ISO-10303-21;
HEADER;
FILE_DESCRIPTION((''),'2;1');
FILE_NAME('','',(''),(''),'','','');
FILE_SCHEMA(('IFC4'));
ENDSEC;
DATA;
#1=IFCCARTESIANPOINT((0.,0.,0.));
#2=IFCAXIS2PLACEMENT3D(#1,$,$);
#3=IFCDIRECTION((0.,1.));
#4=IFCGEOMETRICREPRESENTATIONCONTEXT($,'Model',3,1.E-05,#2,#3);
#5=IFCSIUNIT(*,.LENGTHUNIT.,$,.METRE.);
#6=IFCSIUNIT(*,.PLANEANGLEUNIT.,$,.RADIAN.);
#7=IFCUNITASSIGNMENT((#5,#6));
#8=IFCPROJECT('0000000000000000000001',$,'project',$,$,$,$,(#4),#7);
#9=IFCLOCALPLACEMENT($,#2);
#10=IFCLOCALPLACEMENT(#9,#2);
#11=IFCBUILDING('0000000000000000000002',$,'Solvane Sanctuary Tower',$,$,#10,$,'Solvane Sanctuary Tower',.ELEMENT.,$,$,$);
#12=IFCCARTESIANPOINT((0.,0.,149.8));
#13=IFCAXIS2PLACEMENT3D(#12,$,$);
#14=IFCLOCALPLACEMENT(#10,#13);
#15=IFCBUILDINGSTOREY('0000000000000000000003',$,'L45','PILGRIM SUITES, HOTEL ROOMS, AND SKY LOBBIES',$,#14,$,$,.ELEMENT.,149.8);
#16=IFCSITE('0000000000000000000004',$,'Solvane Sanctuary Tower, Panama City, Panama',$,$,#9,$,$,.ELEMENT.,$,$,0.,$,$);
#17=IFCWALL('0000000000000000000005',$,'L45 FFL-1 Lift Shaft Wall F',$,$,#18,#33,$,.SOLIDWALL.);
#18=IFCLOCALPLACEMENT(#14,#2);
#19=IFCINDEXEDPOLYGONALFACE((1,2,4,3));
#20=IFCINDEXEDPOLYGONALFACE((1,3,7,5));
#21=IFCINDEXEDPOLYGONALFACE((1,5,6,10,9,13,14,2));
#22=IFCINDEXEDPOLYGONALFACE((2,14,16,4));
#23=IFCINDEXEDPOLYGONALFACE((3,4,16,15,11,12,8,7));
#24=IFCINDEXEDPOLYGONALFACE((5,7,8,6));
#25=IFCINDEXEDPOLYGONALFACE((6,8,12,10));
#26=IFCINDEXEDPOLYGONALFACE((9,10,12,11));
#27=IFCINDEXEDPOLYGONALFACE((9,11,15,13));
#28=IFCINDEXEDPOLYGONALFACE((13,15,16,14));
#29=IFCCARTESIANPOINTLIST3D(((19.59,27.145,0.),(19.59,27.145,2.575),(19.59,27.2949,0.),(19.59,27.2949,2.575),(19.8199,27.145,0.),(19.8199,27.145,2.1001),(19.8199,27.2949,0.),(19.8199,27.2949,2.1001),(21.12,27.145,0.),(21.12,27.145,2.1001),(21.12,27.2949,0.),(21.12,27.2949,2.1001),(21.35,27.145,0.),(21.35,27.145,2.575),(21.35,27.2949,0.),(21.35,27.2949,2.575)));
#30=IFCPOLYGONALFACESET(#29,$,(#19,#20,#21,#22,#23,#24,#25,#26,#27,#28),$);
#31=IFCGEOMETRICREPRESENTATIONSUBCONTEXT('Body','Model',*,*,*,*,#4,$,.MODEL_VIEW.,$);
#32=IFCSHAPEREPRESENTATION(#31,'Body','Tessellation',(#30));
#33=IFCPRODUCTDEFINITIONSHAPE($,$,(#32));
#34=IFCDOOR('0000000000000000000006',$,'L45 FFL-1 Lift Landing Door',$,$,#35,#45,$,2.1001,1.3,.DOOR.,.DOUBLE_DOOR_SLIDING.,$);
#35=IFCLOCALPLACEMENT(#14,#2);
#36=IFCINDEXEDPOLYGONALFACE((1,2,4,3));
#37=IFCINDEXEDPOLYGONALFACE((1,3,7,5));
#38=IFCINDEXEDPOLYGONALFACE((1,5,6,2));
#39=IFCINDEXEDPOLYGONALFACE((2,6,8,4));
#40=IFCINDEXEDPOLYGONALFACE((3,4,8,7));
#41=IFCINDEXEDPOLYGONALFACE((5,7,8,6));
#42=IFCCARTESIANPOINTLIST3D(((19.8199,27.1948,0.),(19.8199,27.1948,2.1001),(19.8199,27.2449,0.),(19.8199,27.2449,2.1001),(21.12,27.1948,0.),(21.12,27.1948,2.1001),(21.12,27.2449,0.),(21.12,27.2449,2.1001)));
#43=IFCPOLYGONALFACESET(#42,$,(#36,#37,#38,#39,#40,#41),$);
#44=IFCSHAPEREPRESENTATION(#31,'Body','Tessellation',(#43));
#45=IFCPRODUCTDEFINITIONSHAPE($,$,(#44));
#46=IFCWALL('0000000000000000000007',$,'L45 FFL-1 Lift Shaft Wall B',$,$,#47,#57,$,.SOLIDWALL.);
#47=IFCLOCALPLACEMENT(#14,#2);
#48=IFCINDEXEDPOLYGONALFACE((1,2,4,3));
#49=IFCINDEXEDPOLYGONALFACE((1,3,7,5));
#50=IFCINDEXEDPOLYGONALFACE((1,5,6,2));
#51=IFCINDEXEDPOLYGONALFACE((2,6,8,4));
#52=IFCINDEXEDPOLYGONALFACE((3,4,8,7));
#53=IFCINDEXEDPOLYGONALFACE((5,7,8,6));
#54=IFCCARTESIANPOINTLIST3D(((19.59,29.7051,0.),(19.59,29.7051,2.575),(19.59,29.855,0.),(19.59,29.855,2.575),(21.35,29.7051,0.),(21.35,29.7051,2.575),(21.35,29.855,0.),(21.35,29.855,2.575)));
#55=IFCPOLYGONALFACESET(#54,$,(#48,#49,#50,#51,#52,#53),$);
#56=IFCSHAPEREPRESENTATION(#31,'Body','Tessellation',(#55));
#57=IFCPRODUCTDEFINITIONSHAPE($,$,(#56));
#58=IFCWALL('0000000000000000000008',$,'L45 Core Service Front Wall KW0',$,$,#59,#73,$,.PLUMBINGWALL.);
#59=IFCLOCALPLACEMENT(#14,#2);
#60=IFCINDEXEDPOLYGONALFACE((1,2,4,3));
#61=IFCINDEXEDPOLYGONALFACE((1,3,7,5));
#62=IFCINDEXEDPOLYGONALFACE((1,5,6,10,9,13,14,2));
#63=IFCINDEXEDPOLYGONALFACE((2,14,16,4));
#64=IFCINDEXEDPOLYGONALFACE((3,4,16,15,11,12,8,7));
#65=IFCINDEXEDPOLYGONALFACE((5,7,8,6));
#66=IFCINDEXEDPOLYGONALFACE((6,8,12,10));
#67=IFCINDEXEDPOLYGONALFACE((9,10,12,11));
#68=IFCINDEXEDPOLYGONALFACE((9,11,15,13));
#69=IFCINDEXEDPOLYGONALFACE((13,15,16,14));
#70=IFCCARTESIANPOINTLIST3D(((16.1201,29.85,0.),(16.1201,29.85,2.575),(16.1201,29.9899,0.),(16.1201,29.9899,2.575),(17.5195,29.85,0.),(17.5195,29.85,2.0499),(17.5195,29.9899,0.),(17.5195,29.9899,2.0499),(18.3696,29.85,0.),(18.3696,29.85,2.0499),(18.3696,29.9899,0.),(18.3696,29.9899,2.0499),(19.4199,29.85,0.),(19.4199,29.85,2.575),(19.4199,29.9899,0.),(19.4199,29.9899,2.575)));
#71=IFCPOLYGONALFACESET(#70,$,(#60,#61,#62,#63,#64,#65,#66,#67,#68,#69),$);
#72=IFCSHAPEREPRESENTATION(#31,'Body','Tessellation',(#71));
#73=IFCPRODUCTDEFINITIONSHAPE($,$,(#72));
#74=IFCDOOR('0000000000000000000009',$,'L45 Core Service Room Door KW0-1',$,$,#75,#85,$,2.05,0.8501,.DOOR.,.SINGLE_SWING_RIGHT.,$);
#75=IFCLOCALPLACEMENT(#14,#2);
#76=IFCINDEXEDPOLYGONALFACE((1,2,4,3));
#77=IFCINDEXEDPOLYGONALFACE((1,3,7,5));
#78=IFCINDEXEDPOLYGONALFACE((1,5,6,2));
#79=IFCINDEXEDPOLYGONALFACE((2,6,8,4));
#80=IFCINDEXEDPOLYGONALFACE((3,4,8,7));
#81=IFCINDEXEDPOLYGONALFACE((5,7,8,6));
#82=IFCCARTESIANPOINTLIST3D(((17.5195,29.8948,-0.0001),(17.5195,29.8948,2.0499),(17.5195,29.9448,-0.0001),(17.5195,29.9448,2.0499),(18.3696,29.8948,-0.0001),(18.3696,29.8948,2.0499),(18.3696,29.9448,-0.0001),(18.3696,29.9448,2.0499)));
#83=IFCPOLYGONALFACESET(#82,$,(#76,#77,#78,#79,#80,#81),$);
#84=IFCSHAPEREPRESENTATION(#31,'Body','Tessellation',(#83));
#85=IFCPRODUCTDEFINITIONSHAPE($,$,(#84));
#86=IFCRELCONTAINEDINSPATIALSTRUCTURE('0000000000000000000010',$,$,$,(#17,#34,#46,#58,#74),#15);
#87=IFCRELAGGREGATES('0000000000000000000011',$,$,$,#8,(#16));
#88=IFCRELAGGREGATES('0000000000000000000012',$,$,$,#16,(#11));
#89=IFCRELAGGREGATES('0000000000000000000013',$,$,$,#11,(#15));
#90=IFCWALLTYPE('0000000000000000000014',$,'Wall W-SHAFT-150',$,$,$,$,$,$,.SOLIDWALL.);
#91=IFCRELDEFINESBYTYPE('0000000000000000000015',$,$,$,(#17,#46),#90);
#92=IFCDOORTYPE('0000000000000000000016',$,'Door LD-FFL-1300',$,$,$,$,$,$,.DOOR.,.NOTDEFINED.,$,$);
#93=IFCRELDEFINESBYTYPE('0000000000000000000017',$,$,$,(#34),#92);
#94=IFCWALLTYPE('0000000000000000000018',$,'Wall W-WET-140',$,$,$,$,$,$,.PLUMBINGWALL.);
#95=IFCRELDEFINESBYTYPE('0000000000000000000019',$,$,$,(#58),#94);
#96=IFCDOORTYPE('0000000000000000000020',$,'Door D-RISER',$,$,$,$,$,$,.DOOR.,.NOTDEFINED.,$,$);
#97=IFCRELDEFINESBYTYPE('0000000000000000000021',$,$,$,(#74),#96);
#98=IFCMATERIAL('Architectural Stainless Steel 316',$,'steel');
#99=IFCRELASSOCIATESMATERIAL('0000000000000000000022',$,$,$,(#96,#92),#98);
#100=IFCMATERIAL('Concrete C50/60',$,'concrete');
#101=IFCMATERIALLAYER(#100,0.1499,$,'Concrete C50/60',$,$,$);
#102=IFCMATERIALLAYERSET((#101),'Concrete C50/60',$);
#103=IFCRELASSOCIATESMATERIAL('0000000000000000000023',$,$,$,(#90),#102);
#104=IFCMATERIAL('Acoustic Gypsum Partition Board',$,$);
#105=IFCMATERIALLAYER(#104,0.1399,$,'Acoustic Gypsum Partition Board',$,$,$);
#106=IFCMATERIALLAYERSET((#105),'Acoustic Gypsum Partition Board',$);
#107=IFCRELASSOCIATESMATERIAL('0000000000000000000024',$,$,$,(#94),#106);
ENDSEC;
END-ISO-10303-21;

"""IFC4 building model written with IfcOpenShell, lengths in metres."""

from ifc_helpers import new_model, si_unit, direction, frame, frame_2d, origin, place, context, subcontext, project, spatial, rectangle, extrude, material, layer, layer_set, type_object, element, fill, save


model = new_model("IFC4")

# Units and contexts
model_context = context("Model", 3, precision=1e-05, world=origin(), true_north=direction((0.0, 1.0)))
body_context = subcontext(model_context, "Body", "Model", "MODEL_VIEW")
ifc_project = project(units=[si_unit("LENGTHUNIT", "METRE"), si_unit("PLANEANGLEUNIT", "RADIAN")], contexts=[model_context])

# Site, building, storey
site_placement = place(None, origin())
site = spatial("IfcSite", under=ifc_project, at=site_placement, Name="Solvane Sanctuary Tower, Panama City, Panama", CompositionType="ELEMENT", RefElevation=0.0)
building_placement = place(site_placement, origin())
building = spatial("IfcBuilding", under=site, at=building_placement, Name="Solvane Sanctuary Tower", LongName="Solvane Sanctuary Tower", CompositionType="ELEMENT")
storey_placement = place(building_placement, frame((0.0, 0.0, 149.8)))
storey = spatial("IfcBuildingStorey", under=building, at=storey_placement, Name="L45", Description="PILGRIM SUITES, HOTEL ROOMS, AND SKY LOBBIES", CompositionType="ELEMENT", Elevation=149.8)

# Shared definitions
ifc_material_1 = material(Name="Acoustic Gypsum Partition Board")

# Shared definitions
ifc_material_2 = material(Name="Architectural Stainless Steel 316", Category="steel")
door_type_1 = type_object("IfcDoorType", Name="Door D-RISER", OperationType="NOTDEFINED", PredefinedType="DOOR", material=ifc_material_2)

# Wall, opening, door
ifc_material_3 = material(Name="Concrete C50/60", Category="concrete")
ifc_layer_1 = layer(ifc_material_3, 0.1499, Name="Concrete C50/60")
ifc_layer_set_1 = layer_set([ifc_layer_1], Name="Concrete C50/60")
wall_type_1 = type_object("IfcWallType", Name="Wall W-SHAFT-150", PredefinedType="SOLIDWALL", material=ifc_layer_set_1)
wall_1_placement = place(storey_placement, frame((19.5901, 27.22, 0.0), z_axis=(0.0, 0.0, 1.0), x_axis=(1.0, 0.0, 0.0)))
wall_1 = element("IfcWall", 1, at=wall_1_placement, inside=storey, type_object=wall_type_1, Name="L45 FFL-1 Lift Shaft Wall F", PredefinedType="SOLIDWALL", context=body_context, shape_type="SweptSolid", body=[
    extrude(rectangle(XDim=1.76, YDim=0.1499, at=frame_2d((0.8799, 0.0))), origin(), (0.0, 0.0, 1.0), 2.575),
])
opening_1_placement = place(wall_1_placement, frame((0.23, 0.0, 0.0)))
opening_1 = element("IfcOpeningElement", 2, at=opening_1_placement, cuts=wall_1, PredefinedType="OPENING", context=body_context, shape_type="SweptSolid", body=[
    extrude(rectangle(XDim=1.3, YDim=2.1001, at=frame_2d((0.6499, 1.05))), frame((0.0, 0.085, 0.0), z_axis=(0.0, -1.0, 0.0), x_axis=(1.0, 0.0, 0.0)), (0.0, 0.0, 1.0), 0.1699),
])
door_type_2 = type_object("IfcDoorType", Name="Door LD-FFL-1300", OperationType="NOTDEFINED", PredefinedType="DOOR", material=ifc_material_2)
door_1_placement = place(opening_1_placement, origin())
door_1 = element("IfcDoor", 3, at=door_1_placement, inside=storey, type_object=door_type_2, Name="L45 FFL-1 Lift Landing Door", OperationType="DOUBLE_DOOR_SLIDING", OverallHeight=2.1001, OverallWidth=1.3, PredefinedType="DOOR", context=body_context, shape_type="SweptSolid", body=[
    extrude(rectangle(XDim=1.3, YDim=2.1001, at=frame_2d((0.6499, 1.05))), frame((0.0, 0.0249, 0.0), z_axis=(0.0, -1.0, 0.0), x_axis=(1.0, 0.0, 0.0)), (0.0, 0.0, 1.0), 0.05),
])
fill(opening_1, door_1)

# Wall
wall_2_placement = place(storey_placement, frame((19.5901, 29.78, 0.0), z_axis=(0.0, 0.0, 1.0), x_axis=(1.0, 0.0, 0.0)))
element("IfcWall", 4, at=wall_2_placement, inside=storey, type_object=wall_type_1, Name="L45 FFL-1 Lift Shaft Wall B", PredefinedType="SOLIDWALL", context=body_context, shape_type="SweptSolid", body=[
    extrude(rectangle(XDim=1.76, YDim=0.1499, at=frame_2d((0.8799, 0.0))), origin(), (0.0, 0.0, 1.0), 2.575),
])

# Wall, opening, door
ifc_layer_2 = layer(ifc_material_1, 0.1399, Name="Acoustic Gypsum Partition Board")
ifc_layer_set_2 = layer_set([ifc_layer_2], Name="Acoustic Gypsum Partition Board")
wall_type_2 = type_object("IfcWallType", Name="Wall W-WET-140", PredefinedType="PLUMBINGWALL", material=ifc_layer_set_2)
wall_3_placement = place(storey_placement, frame((16.1201, 29.9199, 0.0), z_axis=(0.0, 0.0, 1.0), x_axis=(1.0, 0.0, 0.0)))
wall_3 = element("IfcWall", 5, at=wall_3_placement, inside=storey, type_object=wall_type_2, Name="L45 Core Service Front Wall KW0", PredefinedType="PLUMBINGWALL", context=body_context, shape_type="SweptSolid", body=[
    extrude(rectangle(XDim=3.2998, YDim=0.1399, at=frame_2d((1.6499, 0.0))), origin(), (0.0, 0.0, 1.0), 2.575),
])
opening_2_placement = place(wall_3_placement, frame((1.3994, 0.0, 0.0)))
opening_2 = element("IfcOpeningElement", 6, at=opening_2_placement, cuts=wall_3, PredefinedType="OPENING", context=body_context, shape_type="SweptSolid", body=[
    extrude(rectangle(XDim=0.8501, YDim=2.05, at=frame_2d((0.425, 1.0249))), frame((0.0, 0.0798, 0.0), z_axis=(0.0, -1.0, 0.0), x_axis=(1.0, 0.0, 0.0)), (0.0, 0.0, 1.0), 0.1599),
])
door_2_placement = place(opening_2_placement, origin())
door_2 = element("IfcDoor", 7, at=door_2_placement, inside=storey, type_object=door_type_1, Name="L45 Core Service Room Door KW0-1", OperationType="SINGLE_SWING_RIGHT", OverallHeight=2.05, OverallWidth=0.8501, PredefinedType="DOOR", context=body_context, shape_type="SweptSolid", body=[
    extrude(rectangle(XDim=0.8501, YDim=2.05, at=frame_2d((0.425, 1.0249))), frame((0.0, 0.0249, 0.0), z_axis=(0.0, -1.0, 0.0), x_axis=(1.0, 0.0, 0.0)), (0.0, 0.0, 1.0), 0.05),
])
fill(opening_2, door_2)

save(model, "model.ifc")
